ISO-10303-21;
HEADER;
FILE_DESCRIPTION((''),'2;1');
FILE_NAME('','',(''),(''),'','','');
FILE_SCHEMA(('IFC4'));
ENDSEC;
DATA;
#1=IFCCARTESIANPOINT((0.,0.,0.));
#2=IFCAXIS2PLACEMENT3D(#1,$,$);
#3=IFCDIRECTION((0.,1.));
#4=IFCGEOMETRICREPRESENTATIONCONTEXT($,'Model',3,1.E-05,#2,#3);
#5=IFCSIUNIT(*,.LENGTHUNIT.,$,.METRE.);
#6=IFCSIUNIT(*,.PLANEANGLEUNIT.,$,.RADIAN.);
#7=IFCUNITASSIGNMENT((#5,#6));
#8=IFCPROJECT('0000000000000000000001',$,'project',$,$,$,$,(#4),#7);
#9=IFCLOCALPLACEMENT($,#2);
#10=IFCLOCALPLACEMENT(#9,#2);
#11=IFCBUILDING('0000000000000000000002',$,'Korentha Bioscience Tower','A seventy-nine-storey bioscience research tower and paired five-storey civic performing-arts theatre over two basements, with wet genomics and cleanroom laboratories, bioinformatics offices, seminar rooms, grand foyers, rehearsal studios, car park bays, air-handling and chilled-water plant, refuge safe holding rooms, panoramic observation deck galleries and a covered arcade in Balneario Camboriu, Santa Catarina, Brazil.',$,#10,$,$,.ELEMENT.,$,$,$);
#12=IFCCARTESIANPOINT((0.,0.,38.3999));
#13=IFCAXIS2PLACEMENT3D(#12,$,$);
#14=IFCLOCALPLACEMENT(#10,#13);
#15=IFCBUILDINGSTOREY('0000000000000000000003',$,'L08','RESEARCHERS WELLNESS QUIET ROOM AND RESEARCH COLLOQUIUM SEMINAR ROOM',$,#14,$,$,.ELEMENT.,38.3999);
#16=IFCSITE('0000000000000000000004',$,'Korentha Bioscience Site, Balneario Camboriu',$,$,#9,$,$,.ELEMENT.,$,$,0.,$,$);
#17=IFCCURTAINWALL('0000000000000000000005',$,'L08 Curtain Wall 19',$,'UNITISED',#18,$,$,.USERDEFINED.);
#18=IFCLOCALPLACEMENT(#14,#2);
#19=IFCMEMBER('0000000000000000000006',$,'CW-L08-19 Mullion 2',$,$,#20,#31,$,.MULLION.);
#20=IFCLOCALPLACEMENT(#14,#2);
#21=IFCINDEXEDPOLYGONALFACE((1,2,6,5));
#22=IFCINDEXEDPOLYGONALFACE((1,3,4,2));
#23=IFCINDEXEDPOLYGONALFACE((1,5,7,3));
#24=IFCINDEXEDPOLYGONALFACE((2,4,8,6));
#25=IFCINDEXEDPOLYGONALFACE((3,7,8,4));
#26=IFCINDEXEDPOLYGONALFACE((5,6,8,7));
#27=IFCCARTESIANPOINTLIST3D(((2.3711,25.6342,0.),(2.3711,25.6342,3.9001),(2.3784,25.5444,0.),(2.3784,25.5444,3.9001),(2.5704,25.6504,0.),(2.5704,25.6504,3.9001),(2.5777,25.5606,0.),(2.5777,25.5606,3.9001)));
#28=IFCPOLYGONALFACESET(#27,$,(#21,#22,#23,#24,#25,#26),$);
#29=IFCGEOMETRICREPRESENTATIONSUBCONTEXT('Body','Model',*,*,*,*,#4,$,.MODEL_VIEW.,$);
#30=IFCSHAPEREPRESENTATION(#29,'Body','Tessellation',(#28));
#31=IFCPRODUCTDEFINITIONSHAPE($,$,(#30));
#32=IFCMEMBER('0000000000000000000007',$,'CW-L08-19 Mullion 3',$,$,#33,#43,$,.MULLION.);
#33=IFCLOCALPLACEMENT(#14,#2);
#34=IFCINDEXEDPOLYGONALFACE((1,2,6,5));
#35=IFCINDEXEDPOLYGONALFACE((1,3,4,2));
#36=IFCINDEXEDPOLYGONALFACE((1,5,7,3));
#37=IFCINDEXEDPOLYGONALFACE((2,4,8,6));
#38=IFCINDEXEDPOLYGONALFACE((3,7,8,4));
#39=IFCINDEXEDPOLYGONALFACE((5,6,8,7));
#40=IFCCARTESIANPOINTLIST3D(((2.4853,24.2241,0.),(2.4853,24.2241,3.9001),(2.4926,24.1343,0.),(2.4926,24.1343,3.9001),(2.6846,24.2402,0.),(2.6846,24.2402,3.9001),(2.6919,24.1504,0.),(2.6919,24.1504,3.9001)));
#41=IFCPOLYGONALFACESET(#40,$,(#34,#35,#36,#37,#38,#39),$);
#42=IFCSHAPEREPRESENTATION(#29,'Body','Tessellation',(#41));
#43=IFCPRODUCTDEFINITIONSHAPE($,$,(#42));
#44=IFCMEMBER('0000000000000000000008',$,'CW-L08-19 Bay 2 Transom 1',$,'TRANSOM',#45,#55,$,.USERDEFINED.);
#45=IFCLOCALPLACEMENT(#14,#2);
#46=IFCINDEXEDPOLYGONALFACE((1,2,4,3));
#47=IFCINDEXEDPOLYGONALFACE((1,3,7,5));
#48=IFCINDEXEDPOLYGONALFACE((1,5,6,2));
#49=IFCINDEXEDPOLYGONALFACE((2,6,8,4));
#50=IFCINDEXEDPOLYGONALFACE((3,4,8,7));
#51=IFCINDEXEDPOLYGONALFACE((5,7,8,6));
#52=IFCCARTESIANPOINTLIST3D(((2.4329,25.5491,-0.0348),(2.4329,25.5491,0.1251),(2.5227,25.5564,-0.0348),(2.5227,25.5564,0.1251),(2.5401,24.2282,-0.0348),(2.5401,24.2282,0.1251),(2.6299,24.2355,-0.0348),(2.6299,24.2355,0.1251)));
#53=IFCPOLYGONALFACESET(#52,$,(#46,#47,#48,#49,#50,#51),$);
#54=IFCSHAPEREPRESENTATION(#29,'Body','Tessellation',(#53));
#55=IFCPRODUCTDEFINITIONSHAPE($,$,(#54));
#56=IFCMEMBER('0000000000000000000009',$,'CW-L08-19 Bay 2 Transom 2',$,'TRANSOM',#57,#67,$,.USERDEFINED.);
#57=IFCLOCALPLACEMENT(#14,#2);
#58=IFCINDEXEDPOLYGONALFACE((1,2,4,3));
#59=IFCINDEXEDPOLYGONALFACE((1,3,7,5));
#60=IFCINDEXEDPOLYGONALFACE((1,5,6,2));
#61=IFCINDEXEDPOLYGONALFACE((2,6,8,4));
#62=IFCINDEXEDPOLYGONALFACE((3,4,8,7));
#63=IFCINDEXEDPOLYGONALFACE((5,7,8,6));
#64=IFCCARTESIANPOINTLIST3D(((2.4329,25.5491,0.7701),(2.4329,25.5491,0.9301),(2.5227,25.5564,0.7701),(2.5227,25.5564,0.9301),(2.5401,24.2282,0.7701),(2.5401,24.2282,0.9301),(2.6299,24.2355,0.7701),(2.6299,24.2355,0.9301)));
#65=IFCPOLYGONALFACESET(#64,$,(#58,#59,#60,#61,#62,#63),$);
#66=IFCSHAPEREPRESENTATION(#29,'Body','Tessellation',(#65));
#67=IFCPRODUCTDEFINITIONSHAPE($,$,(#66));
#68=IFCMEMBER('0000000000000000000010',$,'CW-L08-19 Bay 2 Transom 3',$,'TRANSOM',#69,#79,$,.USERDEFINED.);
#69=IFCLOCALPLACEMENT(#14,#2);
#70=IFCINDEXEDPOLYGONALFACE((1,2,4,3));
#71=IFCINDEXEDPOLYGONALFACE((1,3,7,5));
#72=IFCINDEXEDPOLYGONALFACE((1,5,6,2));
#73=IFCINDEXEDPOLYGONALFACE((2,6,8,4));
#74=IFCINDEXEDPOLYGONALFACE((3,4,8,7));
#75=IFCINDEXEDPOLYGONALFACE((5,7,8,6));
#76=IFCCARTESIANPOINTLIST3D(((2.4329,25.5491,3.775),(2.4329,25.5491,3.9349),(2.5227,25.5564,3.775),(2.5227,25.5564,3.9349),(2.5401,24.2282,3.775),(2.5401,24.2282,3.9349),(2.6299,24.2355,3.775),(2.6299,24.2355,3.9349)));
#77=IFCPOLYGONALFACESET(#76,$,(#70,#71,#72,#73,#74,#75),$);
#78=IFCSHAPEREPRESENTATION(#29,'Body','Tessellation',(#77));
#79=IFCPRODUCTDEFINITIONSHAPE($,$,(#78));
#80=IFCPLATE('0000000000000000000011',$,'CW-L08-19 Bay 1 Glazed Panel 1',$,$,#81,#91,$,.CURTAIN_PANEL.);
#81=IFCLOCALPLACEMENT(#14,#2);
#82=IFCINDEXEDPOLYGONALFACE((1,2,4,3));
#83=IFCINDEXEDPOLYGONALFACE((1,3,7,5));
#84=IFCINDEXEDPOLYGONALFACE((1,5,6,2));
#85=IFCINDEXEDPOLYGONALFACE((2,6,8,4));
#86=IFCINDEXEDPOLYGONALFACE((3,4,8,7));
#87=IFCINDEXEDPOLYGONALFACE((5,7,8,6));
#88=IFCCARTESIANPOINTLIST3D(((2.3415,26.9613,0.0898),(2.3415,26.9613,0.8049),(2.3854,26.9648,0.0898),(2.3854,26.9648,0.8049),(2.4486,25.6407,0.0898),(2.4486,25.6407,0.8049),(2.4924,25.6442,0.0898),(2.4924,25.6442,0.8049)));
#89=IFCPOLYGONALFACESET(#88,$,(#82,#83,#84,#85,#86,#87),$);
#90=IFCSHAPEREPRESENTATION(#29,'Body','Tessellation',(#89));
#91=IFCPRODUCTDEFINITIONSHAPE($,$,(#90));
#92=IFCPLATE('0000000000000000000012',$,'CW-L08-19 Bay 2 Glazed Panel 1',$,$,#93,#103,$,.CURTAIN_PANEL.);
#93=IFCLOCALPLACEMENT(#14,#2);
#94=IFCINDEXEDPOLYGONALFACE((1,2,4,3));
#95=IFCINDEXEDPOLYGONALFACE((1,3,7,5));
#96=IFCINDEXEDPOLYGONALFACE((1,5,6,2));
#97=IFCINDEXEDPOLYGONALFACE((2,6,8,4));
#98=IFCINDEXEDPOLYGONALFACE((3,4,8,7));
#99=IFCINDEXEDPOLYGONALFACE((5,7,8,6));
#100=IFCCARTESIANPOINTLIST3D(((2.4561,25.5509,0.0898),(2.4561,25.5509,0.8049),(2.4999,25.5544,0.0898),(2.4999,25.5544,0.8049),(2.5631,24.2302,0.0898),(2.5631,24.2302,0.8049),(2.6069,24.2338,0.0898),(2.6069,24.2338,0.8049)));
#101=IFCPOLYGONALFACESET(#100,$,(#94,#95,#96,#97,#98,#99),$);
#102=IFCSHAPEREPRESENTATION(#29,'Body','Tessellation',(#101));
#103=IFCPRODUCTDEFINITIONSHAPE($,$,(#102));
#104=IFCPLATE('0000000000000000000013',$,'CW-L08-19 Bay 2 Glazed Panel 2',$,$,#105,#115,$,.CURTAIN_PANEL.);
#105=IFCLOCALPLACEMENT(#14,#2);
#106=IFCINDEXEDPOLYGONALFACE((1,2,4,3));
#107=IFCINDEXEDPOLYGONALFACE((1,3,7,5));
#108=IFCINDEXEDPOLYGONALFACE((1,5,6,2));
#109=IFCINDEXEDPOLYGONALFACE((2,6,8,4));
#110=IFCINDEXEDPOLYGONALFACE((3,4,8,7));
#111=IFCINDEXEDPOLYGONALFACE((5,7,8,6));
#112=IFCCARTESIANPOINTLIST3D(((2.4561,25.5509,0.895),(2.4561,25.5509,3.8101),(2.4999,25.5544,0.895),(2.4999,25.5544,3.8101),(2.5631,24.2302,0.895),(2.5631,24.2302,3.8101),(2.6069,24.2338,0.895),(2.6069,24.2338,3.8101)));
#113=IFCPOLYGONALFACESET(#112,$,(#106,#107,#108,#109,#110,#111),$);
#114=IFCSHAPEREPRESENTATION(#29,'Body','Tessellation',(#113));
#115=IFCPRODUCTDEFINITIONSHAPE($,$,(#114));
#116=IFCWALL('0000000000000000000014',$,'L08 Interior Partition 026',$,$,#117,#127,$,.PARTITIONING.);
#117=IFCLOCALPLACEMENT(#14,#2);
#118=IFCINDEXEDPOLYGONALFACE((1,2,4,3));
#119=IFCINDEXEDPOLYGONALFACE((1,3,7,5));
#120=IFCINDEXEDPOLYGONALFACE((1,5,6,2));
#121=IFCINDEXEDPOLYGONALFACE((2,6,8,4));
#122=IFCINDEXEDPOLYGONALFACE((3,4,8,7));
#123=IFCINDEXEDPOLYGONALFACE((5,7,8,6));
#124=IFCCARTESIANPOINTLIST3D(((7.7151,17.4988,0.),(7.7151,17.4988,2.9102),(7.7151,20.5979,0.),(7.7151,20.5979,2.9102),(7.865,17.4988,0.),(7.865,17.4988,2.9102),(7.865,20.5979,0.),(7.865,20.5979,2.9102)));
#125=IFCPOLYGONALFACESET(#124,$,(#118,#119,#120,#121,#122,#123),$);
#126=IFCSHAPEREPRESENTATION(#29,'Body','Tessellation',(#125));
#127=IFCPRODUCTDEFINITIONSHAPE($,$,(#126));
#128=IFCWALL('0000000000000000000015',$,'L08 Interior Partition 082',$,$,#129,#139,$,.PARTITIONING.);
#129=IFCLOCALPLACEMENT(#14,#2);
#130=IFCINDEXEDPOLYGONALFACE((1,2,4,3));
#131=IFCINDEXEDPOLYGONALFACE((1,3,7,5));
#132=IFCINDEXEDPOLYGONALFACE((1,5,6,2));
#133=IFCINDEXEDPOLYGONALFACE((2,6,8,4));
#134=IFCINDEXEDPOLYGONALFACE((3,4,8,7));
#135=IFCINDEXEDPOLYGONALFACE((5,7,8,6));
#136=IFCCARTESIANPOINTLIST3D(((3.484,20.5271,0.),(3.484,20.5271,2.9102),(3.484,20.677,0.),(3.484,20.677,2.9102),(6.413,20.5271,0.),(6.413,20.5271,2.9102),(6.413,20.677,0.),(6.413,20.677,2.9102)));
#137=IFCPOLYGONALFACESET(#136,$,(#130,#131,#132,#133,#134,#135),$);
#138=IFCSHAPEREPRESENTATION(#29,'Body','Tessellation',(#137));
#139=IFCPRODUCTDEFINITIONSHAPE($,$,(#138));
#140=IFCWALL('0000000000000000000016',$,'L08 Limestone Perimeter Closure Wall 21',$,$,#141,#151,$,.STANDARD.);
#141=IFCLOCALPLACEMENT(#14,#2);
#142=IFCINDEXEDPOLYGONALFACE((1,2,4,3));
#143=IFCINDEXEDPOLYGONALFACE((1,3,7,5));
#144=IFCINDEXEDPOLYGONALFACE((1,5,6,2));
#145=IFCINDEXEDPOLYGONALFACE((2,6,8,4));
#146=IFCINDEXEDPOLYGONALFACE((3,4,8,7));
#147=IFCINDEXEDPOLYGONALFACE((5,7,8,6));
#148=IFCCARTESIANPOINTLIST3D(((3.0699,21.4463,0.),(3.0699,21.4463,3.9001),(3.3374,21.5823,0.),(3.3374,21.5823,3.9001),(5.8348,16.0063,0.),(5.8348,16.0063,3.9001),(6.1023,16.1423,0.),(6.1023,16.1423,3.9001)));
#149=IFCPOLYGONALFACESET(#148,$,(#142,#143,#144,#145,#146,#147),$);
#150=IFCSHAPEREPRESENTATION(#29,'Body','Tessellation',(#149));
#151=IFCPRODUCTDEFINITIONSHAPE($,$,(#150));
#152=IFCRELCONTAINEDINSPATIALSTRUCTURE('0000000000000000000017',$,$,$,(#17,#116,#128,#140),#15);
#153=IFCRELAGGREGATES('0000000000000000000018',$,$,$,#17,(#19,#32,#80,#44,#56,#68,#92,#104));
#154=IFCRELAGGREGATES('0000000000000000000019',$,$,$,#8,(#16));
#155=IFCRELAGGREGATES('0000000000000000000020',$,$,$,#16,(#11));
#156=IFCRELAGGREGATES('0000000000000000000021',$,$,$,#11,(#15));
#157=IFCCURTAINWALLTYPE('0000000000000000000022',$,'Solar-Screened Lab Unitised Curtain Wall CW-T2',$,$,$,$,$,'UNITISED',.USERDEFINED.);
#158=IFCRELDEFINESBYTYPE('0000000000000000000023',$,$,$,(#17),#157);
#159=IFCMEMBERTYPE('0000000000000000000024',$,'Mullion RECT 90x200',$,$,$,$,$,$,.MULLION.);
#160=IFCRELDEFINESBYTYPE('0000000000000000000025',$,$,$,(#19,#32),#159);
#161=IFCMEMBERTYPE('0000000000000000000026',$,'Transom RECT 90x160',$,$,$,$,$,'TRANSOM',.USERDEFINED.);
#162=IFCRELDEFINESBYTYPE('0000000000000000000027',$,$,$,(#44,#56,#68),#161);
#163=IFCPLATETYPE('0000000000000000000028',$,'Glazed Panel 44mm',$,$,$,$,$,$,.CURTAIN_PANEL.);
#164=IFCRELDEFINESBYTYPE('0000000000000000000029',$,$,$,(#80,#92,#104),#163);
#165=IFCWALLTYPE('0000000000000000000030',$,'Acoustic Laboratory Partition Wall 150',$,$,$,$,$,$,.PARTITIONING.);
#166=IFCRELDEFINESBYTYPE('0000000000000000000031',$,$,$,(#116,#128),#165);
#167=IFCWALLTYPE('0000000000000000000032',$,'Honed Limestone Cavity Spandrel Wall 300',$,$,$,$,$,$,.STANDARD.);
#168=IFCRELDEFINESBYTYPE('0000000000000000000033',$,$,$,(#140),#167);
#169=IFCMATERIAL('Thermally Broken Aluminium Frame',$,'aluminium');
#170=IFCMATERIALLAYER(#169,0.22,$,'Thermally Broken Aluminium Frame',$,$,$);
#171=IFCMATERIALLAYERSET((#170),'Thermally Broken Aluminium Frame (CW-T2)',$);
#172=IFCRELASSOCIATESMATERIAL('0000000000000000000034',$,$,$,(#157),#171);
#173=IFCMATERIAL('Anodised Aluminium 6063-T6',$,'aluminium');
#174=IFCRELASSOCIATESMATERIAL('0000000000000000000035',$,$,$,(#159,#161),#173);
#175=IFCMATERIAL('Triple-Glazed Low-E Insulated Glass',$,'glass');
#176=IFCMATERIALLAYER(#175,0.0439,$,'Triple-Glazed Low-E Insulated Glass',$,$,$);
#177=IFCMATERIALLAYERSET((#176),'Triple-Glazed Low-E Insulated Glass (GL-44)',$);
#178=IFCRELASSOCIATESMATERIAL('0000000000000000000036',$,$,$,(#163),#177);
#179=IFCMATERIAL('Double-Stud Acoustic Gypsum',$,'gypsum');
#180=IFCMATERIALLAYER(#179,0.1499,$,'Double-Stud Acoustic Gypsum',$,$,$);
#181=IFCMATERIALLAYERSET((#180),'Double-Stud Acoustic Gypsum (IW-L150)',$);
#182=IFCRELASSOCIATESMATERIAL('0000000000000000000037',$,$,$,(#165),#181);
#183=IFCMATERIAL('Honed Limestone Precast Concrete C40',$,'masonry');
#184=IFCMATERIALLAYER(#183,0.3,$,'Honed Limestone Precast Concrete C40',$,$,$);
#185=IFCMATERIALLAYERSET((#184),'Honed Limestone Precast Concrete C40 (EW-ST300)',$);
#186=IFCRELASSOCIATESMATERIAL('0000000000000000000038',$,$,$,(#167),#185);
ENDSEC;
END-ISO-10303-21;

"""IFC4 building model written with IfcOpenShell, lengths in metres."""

from ifc_helpers import new_model, si_unit, direction, frame, frame_2d, origin, origin_2d, place, context, subcontext, project, spatial, rectangle, extrude, material, layer, layer_set, material_profile, profile_set, type_object, element, aggregate, save


model = new_model("IFC4")

# Units and contexts
model_context = context("Model", 3, precision=1e-05, world=origin(), true_north=direction((0.0, 1.0)))
body_context = subcontext(model_context, "Body", "Model", "MODEL_VIEW")
ifc_project = project(units=[si_unit("LENGTHUNIT", "METRE"), si_unit("PLANEANGLEUNIT", "RADIAN")], contexts=[model_context])

# Site, building, storey
site_placement = place(None, origin())
site = spatial("IfcSite", under=ifc_project, at=site_placement, Name="Korentha Bioscience Site, Balneario Camboriu", CompositionType="ELEMENT", RefElevation=0.0)
building_placement = place(site_placement, origin())
building = spatial("IfcBuilding", under=site, at=building_placement, Name="Korentha Bioscience Tower", Description="A seventy-nine-storey bioscience research tower and paired five-storey civic performing-arts theatre over two basements, with wet genomics and cleanroom laboratories, bioinformatics offices, seminar rooms, grand foyers, rehearsal studios, car park bays, air-handling and chilled-water plant, refuge safe holding rooms, panoramic observation deck galleries and a covered arcade in Balneario Camboriu, Santa Catarina, Brazil.", CompositionType="ELEMENT")
storey_placement = place(building_placement, frame((0.0, 0.0, 38.3999)))
storey = spatial("IfcBuildingStorey", under=building, at=storey_placement, Name="L08", Description="RESEARCHERS WELLNESS QUIET ROOM AND RESEARCH COLLOQUIUM SEMINAR ROOM", CompositionType="ELEMENT", Elevation=38.3999)

# Curtain wall, members, plates
ifc_material_1 = material(Name="Thermally Broken Aluminium Frame", Category="aluminium")
ifc_layer_1 = layer(ifc_material_1, 0.22, Name="Thermally Broken Aluminium Frame")
ifc_layer_set_1 = layer_set([ifc_layer_1], Name="Thermally Broken Aluminium Frame (CW-T2)")
curtain_wall_type = type_object("IfcCurtainWallType", Name="Solar-Screened Lab Unitised Curtain Wall CW-T2", ElementType="UNITISED", PredefinedType="USERDEFINED", material=ifc_layer_set_1)
curtain_wall_placement = place(storey_placement, origin())
curtain_wall = element("IfcCurtainWall", 1, at=curtain_wall_placement, inside=storey, type_object=curtain_wall_type, Name="L08 Curtain Wall 19", ObjectType="UNITISED", PredefinedType="USERDEFINED")
ifc_material_2 = material(Name="Anodised Aluminium 6063-T6", Category="aluminium")
ifc_material_profile_1 = material_profile(ifc_material_2, rectangle(XDim=0.0901, YDim=0.2, at=origin_2d()), Name="Anodised Aluminium 6063-T6")
ifc_profile_set_1 = profile_set([ifc_material_profile_1], Name="Anodised Aluminium 6063-T6 (CW-MUL)")
member_type_1 = type_object("IfcMemberType", Name="Mullion RECT 90x200", PredefinedType="MULLION", material=ifc_profile_set_1)
member_1_placement = place(storey_placement, frame((2.4744, 25.5974, 0.0), z_axis=(0.0, 0.0, 1.0), x_axis=(0.08082, -0.996729, 0.0)))
member_1 = element("IfcMember", 2, at=member_1_placement, type_object=member_type_1, Name="CW-L08-19 Mullion 2", PredefinedType="MULLION", context=body_context, shape_type="SweptSolid", body=[
    extrude(rectangle(XDim=0.0901, YDim=0.2, at=origin_2d()), origin(), (0.0, 0.0, 1.0), 3.9001),
])
member_2_placement = place(storey_placement, frame((2.5886, 24.1873, 0.0), z_axis=(0.0, 0.0, 1.0), x_axis=(0.08082, -0.996729, 0.0)))
member_2 = element("IfcMember", 3, at=member_2_placement, type_object=member_type_1, Name="CW-L08-19 Mullion 3", PredefinedType="MULLION", context=body_context, shape_type="SweptSolid", body=[
    extrude(rectangle(XDim=0.0901, YDim=0.2, at=origin_2d()), origin(), (0.0, 0.0, 1.0), 3.9001),
])
ifc_material_profile_2 = material_profile(ifc_material_2, rectangle(XDim=0.0901, YDim=0.1599, at=origin_2d()), Name="Anodised Aluminium 6063-T6")
ifc_profile_set_2 = profile_set([ifc_material_profile_2], Name="Anodised Aluminium 6063-T6 (CW-TRN)")
member_type_2 = type_object("IfcMemberType", Name="Transom RECT 90x160", ElementType="TRANSOM", PredefinedType="USERDEFINED", material=ifc_profile_set_2)
member_3_placement = place(storey_placement, frame((2.4778, 25.5527, 0.0452), z_axis=(0.08088, -0.996724, 0.0), x_axis=(0.996724, 0.08088, 0.0)))
member_3 = element("IfcMember", 4, at=member_3_placement, type_object=member_type_2, Name="CW-L08-19 Bay 2 Transom 1", ObjectType="TRANSOM", PredefinedType="USERDEFINED", context=body_context, shape_type="SweptSolid", body=[
    extrude(rectangle(XDim=0.0901, YDim=0.1599, at=origin_2d()), origin(), (0.0, 0.0, 1.0), 1.3252),
])
member_4_placement = place(storey_placement, frame((2.4778, 25.5527, 0.8501), z_axis=(0.08088, -0.996724, 0.0), x_axis=(0.996724, 0.08088, 0.0)))
member_4 = element("IfcMember", 5, at=member_4_placement, type_object=member_type_2, Name="CW-L08-19 Bay 2 Transom 2", ObjectType="TRANSOM", PredefinedType="USERDEFINED", context=body_context, shape_type="SweptSolid", body=[
    extrude(rectangle(XDim=0.0901, YDim=0.1599, at=origin_2d()), origin(), (0.0, 0.0, 1.0), 1.3252),
])
member_5_placement = place(storey_placement, frame((2.4778, 25.5527, 3.855), z_axis=(0.08088, -0.996724, 0.0), x_axis=(0.996724, 0.08088, 0.0)))
member_5 = element("IfcMember", 6, at=member_5_placement, type_object=member_type_2, Name="CW-L08-19 Bay 2 Transom 3", ObjectType="TRANSOM", PredefinedType="USERDEFINED", context=body_context, shape_type="SweptSolid", body=[
    extrude(rectangle(XDim=0.0901, YDim=0.1599, at=origin_2d()), origin(), (0.0, 0.0, 1.0), 1.3252),
])
ifc_material_3 = material(Name="Triple-Glazed Low-E Insulated Glass", Category="glass")
ifc_layer_2 = layer(ifc_material_3, 0.0439, Name="Triple-Glazed Low-E Insulated Glass")
ifc_layer_set_2 = layer_set([ifc_layer_2], Name="Triple-Glazed Low-E Insulated Glass (GL-44)")
plate_type = type_object("IfcPlateType", Name="Glazed Panel 44mm", PredefinedType="CURTAIN_PANEL", material=ifc_layer_set_2)
plate_1_placement = place(storey_placement, frame((2.417, 26.3027, 0.0898), z_axis=(0.0, 0.0, 1.0), x_axis=(0.08082, -0.996729, 0.0)))
plate_1 = element("IfcPlate", 7, at=plate_1_placement, type_object=plate_type, Name="CW-L08-19 Bay 1 Glazed Panel 1", PredefinedType="CURTAIN_PANEL", context=body_context, shape_type="SweptSolid", body=[
    extrude(rectangle(XDim=1.325, YDim=0.0439, at=origin_2d()), origin(), (0.0, 0.0, 1.0), 0.7151),
])
plate_2_placement = place(storey_placement, frame((2.5315, 24.8923, 0.0898), z_axis=(0.0, 0.0, 1.0), x_axis=(0.08082, -0.996729, 0.0)))
plate_2 = element("IfcPlate", 8, at=plate_2_placement, type_object=plate_type, Name="CW-L08-19 Bay 2 Glazed Panel 1", PredefinedType="CURTAIN_PANEL", context=body_context, shape_type="SweptSolid", body=[
    extrude(rectangle(XDim=1.325, YDim=0.0439, at=origin_2d()), origin(), (0.0, 0.0, 1.0), 0.7151),
])
plate_3_placement = place(storey_placement, frame((2.5315, 24.8923, 0.895), z_axis=(0.0, 0.0, 1.0), x_axis=(0.08082, -0.996729, 0.0)))
plate_3 = element("IfcPlate", 9, at=plate_3_placement, type_object=plate_type, Name="CW-L08-19 Bay 2 Glazed Panel 2", PredefinedType="CURTAIN_PANEL", context=body_context, shape_type="SweptSolid", body=[
    extrude(rectangle(XDim=1.325, YDim=0.0439, at=origin_2d()), origin(), (0.0, 0.0, 1.0), 2.915),
])
aggregate(curtain_wall, [member_1, member_2, plate_1, member_3, member_4, member_5, plate_2, plate_3])

# Walls
ifc_material_4 = material(Name="Double-Stud Acoustic Gypsum", Category="gypsum")
ifc_layer_3 = layer(ifc_material_4, 0.1499, Name="Double-Stud Acoustic Gypsum")
ifc_layer_set_3 = layer_set([ifc_layer_3], Name="Double-Stud Acoustic Gypsum (IW-L150)")
wall_type_1 = type_object("IfcWallType", Name="Acoustic Laboratory Partition Wall 150", PredefinedType="PARTITIONING", material=ifc_layer_set_3)
wall_1_placement = place(storey_placement, frame((7.79, 20.5979, 0.0), z_axis=(0.0, 0.0, 1.0), x_axis=(0.0, -1.0, 0.0)))
element("IfcWall", 10, at=wall_1_placement, inside=storey, type_object=wall_type_1, Name="L08 Interior Partition 026", PredefinedType="PARTITIONING", context=body_context, shape_type="SweptSolid", body=[
    extrude(rectangle(XDim=3.0991, YDim=0.1499, at=frame_2d((1.5496, 0.0))), origin(), (0.0, 0.0, 1.0), 2.9102),
])
wall_2_placement = place(storey_placement, frame((6.4128, 20.6021, 0.0), z_axis=(0.0, 0.0, 1.0), x_axis=(-1.0, 0.0, 0.0)))
element("IfcWall", 11, at=wall_2_placement, inside=storey, type_object=wall_type_1, Name="L08 Interior Partition 082", PredefinedType="PARTITIONING", context=body_context, shape_type="SweptSolid", body=[
    extrude(rectangle(XDim=2.929, YDim=0.1499, at=frame_2d((1.4644, 0.0))), origin(), (0.0, 0.0, 1.0), 2.9102),
])

# Shared definitions
ifc_material_5 = material(Name="Honed Limestone Precast Concrete C40", Category="masonry")
ifc_layer_4 = layer(ifc_material_5, 0.3, Name="Honed Limestone Precast Concrete C40")
ifc_layer_set_4 = layer_set([ifc_layer_4], Name="Honed Limestone Precast Concrete C40 (EW-ST300)")
wall_type_2 = type_object("IfcWallType", Name="Honed Limestone Cavity Spandrel Wall 300", PredefinedType="STANDARD", material=ifc_layer_set_4)

# Wall
wall_3_placement = place(storey_placement, frame((3.2036, 21.5144, 0.0), z_axis=(0.0, 0.0, 1.0), x_axis=(0.453093, -0.891463, 0.0)))
element("IfcWall", 12, at=wall_3_placement, inside=storey, type_object=wall_type_2, Name="L08 Limestone Perimeter Closure Wall 21", PredefinedType="STANDARD", context=body_context, shape_type="SweptSolid", body=[
    extrude(rectangle(XDim=6.1023, YDim=0.3, at=frame_2d((3.0513, 0.0))), origin(), (0.0, 0.0, 1.0), 3.9001),
])

save(model, "model.ifc")
